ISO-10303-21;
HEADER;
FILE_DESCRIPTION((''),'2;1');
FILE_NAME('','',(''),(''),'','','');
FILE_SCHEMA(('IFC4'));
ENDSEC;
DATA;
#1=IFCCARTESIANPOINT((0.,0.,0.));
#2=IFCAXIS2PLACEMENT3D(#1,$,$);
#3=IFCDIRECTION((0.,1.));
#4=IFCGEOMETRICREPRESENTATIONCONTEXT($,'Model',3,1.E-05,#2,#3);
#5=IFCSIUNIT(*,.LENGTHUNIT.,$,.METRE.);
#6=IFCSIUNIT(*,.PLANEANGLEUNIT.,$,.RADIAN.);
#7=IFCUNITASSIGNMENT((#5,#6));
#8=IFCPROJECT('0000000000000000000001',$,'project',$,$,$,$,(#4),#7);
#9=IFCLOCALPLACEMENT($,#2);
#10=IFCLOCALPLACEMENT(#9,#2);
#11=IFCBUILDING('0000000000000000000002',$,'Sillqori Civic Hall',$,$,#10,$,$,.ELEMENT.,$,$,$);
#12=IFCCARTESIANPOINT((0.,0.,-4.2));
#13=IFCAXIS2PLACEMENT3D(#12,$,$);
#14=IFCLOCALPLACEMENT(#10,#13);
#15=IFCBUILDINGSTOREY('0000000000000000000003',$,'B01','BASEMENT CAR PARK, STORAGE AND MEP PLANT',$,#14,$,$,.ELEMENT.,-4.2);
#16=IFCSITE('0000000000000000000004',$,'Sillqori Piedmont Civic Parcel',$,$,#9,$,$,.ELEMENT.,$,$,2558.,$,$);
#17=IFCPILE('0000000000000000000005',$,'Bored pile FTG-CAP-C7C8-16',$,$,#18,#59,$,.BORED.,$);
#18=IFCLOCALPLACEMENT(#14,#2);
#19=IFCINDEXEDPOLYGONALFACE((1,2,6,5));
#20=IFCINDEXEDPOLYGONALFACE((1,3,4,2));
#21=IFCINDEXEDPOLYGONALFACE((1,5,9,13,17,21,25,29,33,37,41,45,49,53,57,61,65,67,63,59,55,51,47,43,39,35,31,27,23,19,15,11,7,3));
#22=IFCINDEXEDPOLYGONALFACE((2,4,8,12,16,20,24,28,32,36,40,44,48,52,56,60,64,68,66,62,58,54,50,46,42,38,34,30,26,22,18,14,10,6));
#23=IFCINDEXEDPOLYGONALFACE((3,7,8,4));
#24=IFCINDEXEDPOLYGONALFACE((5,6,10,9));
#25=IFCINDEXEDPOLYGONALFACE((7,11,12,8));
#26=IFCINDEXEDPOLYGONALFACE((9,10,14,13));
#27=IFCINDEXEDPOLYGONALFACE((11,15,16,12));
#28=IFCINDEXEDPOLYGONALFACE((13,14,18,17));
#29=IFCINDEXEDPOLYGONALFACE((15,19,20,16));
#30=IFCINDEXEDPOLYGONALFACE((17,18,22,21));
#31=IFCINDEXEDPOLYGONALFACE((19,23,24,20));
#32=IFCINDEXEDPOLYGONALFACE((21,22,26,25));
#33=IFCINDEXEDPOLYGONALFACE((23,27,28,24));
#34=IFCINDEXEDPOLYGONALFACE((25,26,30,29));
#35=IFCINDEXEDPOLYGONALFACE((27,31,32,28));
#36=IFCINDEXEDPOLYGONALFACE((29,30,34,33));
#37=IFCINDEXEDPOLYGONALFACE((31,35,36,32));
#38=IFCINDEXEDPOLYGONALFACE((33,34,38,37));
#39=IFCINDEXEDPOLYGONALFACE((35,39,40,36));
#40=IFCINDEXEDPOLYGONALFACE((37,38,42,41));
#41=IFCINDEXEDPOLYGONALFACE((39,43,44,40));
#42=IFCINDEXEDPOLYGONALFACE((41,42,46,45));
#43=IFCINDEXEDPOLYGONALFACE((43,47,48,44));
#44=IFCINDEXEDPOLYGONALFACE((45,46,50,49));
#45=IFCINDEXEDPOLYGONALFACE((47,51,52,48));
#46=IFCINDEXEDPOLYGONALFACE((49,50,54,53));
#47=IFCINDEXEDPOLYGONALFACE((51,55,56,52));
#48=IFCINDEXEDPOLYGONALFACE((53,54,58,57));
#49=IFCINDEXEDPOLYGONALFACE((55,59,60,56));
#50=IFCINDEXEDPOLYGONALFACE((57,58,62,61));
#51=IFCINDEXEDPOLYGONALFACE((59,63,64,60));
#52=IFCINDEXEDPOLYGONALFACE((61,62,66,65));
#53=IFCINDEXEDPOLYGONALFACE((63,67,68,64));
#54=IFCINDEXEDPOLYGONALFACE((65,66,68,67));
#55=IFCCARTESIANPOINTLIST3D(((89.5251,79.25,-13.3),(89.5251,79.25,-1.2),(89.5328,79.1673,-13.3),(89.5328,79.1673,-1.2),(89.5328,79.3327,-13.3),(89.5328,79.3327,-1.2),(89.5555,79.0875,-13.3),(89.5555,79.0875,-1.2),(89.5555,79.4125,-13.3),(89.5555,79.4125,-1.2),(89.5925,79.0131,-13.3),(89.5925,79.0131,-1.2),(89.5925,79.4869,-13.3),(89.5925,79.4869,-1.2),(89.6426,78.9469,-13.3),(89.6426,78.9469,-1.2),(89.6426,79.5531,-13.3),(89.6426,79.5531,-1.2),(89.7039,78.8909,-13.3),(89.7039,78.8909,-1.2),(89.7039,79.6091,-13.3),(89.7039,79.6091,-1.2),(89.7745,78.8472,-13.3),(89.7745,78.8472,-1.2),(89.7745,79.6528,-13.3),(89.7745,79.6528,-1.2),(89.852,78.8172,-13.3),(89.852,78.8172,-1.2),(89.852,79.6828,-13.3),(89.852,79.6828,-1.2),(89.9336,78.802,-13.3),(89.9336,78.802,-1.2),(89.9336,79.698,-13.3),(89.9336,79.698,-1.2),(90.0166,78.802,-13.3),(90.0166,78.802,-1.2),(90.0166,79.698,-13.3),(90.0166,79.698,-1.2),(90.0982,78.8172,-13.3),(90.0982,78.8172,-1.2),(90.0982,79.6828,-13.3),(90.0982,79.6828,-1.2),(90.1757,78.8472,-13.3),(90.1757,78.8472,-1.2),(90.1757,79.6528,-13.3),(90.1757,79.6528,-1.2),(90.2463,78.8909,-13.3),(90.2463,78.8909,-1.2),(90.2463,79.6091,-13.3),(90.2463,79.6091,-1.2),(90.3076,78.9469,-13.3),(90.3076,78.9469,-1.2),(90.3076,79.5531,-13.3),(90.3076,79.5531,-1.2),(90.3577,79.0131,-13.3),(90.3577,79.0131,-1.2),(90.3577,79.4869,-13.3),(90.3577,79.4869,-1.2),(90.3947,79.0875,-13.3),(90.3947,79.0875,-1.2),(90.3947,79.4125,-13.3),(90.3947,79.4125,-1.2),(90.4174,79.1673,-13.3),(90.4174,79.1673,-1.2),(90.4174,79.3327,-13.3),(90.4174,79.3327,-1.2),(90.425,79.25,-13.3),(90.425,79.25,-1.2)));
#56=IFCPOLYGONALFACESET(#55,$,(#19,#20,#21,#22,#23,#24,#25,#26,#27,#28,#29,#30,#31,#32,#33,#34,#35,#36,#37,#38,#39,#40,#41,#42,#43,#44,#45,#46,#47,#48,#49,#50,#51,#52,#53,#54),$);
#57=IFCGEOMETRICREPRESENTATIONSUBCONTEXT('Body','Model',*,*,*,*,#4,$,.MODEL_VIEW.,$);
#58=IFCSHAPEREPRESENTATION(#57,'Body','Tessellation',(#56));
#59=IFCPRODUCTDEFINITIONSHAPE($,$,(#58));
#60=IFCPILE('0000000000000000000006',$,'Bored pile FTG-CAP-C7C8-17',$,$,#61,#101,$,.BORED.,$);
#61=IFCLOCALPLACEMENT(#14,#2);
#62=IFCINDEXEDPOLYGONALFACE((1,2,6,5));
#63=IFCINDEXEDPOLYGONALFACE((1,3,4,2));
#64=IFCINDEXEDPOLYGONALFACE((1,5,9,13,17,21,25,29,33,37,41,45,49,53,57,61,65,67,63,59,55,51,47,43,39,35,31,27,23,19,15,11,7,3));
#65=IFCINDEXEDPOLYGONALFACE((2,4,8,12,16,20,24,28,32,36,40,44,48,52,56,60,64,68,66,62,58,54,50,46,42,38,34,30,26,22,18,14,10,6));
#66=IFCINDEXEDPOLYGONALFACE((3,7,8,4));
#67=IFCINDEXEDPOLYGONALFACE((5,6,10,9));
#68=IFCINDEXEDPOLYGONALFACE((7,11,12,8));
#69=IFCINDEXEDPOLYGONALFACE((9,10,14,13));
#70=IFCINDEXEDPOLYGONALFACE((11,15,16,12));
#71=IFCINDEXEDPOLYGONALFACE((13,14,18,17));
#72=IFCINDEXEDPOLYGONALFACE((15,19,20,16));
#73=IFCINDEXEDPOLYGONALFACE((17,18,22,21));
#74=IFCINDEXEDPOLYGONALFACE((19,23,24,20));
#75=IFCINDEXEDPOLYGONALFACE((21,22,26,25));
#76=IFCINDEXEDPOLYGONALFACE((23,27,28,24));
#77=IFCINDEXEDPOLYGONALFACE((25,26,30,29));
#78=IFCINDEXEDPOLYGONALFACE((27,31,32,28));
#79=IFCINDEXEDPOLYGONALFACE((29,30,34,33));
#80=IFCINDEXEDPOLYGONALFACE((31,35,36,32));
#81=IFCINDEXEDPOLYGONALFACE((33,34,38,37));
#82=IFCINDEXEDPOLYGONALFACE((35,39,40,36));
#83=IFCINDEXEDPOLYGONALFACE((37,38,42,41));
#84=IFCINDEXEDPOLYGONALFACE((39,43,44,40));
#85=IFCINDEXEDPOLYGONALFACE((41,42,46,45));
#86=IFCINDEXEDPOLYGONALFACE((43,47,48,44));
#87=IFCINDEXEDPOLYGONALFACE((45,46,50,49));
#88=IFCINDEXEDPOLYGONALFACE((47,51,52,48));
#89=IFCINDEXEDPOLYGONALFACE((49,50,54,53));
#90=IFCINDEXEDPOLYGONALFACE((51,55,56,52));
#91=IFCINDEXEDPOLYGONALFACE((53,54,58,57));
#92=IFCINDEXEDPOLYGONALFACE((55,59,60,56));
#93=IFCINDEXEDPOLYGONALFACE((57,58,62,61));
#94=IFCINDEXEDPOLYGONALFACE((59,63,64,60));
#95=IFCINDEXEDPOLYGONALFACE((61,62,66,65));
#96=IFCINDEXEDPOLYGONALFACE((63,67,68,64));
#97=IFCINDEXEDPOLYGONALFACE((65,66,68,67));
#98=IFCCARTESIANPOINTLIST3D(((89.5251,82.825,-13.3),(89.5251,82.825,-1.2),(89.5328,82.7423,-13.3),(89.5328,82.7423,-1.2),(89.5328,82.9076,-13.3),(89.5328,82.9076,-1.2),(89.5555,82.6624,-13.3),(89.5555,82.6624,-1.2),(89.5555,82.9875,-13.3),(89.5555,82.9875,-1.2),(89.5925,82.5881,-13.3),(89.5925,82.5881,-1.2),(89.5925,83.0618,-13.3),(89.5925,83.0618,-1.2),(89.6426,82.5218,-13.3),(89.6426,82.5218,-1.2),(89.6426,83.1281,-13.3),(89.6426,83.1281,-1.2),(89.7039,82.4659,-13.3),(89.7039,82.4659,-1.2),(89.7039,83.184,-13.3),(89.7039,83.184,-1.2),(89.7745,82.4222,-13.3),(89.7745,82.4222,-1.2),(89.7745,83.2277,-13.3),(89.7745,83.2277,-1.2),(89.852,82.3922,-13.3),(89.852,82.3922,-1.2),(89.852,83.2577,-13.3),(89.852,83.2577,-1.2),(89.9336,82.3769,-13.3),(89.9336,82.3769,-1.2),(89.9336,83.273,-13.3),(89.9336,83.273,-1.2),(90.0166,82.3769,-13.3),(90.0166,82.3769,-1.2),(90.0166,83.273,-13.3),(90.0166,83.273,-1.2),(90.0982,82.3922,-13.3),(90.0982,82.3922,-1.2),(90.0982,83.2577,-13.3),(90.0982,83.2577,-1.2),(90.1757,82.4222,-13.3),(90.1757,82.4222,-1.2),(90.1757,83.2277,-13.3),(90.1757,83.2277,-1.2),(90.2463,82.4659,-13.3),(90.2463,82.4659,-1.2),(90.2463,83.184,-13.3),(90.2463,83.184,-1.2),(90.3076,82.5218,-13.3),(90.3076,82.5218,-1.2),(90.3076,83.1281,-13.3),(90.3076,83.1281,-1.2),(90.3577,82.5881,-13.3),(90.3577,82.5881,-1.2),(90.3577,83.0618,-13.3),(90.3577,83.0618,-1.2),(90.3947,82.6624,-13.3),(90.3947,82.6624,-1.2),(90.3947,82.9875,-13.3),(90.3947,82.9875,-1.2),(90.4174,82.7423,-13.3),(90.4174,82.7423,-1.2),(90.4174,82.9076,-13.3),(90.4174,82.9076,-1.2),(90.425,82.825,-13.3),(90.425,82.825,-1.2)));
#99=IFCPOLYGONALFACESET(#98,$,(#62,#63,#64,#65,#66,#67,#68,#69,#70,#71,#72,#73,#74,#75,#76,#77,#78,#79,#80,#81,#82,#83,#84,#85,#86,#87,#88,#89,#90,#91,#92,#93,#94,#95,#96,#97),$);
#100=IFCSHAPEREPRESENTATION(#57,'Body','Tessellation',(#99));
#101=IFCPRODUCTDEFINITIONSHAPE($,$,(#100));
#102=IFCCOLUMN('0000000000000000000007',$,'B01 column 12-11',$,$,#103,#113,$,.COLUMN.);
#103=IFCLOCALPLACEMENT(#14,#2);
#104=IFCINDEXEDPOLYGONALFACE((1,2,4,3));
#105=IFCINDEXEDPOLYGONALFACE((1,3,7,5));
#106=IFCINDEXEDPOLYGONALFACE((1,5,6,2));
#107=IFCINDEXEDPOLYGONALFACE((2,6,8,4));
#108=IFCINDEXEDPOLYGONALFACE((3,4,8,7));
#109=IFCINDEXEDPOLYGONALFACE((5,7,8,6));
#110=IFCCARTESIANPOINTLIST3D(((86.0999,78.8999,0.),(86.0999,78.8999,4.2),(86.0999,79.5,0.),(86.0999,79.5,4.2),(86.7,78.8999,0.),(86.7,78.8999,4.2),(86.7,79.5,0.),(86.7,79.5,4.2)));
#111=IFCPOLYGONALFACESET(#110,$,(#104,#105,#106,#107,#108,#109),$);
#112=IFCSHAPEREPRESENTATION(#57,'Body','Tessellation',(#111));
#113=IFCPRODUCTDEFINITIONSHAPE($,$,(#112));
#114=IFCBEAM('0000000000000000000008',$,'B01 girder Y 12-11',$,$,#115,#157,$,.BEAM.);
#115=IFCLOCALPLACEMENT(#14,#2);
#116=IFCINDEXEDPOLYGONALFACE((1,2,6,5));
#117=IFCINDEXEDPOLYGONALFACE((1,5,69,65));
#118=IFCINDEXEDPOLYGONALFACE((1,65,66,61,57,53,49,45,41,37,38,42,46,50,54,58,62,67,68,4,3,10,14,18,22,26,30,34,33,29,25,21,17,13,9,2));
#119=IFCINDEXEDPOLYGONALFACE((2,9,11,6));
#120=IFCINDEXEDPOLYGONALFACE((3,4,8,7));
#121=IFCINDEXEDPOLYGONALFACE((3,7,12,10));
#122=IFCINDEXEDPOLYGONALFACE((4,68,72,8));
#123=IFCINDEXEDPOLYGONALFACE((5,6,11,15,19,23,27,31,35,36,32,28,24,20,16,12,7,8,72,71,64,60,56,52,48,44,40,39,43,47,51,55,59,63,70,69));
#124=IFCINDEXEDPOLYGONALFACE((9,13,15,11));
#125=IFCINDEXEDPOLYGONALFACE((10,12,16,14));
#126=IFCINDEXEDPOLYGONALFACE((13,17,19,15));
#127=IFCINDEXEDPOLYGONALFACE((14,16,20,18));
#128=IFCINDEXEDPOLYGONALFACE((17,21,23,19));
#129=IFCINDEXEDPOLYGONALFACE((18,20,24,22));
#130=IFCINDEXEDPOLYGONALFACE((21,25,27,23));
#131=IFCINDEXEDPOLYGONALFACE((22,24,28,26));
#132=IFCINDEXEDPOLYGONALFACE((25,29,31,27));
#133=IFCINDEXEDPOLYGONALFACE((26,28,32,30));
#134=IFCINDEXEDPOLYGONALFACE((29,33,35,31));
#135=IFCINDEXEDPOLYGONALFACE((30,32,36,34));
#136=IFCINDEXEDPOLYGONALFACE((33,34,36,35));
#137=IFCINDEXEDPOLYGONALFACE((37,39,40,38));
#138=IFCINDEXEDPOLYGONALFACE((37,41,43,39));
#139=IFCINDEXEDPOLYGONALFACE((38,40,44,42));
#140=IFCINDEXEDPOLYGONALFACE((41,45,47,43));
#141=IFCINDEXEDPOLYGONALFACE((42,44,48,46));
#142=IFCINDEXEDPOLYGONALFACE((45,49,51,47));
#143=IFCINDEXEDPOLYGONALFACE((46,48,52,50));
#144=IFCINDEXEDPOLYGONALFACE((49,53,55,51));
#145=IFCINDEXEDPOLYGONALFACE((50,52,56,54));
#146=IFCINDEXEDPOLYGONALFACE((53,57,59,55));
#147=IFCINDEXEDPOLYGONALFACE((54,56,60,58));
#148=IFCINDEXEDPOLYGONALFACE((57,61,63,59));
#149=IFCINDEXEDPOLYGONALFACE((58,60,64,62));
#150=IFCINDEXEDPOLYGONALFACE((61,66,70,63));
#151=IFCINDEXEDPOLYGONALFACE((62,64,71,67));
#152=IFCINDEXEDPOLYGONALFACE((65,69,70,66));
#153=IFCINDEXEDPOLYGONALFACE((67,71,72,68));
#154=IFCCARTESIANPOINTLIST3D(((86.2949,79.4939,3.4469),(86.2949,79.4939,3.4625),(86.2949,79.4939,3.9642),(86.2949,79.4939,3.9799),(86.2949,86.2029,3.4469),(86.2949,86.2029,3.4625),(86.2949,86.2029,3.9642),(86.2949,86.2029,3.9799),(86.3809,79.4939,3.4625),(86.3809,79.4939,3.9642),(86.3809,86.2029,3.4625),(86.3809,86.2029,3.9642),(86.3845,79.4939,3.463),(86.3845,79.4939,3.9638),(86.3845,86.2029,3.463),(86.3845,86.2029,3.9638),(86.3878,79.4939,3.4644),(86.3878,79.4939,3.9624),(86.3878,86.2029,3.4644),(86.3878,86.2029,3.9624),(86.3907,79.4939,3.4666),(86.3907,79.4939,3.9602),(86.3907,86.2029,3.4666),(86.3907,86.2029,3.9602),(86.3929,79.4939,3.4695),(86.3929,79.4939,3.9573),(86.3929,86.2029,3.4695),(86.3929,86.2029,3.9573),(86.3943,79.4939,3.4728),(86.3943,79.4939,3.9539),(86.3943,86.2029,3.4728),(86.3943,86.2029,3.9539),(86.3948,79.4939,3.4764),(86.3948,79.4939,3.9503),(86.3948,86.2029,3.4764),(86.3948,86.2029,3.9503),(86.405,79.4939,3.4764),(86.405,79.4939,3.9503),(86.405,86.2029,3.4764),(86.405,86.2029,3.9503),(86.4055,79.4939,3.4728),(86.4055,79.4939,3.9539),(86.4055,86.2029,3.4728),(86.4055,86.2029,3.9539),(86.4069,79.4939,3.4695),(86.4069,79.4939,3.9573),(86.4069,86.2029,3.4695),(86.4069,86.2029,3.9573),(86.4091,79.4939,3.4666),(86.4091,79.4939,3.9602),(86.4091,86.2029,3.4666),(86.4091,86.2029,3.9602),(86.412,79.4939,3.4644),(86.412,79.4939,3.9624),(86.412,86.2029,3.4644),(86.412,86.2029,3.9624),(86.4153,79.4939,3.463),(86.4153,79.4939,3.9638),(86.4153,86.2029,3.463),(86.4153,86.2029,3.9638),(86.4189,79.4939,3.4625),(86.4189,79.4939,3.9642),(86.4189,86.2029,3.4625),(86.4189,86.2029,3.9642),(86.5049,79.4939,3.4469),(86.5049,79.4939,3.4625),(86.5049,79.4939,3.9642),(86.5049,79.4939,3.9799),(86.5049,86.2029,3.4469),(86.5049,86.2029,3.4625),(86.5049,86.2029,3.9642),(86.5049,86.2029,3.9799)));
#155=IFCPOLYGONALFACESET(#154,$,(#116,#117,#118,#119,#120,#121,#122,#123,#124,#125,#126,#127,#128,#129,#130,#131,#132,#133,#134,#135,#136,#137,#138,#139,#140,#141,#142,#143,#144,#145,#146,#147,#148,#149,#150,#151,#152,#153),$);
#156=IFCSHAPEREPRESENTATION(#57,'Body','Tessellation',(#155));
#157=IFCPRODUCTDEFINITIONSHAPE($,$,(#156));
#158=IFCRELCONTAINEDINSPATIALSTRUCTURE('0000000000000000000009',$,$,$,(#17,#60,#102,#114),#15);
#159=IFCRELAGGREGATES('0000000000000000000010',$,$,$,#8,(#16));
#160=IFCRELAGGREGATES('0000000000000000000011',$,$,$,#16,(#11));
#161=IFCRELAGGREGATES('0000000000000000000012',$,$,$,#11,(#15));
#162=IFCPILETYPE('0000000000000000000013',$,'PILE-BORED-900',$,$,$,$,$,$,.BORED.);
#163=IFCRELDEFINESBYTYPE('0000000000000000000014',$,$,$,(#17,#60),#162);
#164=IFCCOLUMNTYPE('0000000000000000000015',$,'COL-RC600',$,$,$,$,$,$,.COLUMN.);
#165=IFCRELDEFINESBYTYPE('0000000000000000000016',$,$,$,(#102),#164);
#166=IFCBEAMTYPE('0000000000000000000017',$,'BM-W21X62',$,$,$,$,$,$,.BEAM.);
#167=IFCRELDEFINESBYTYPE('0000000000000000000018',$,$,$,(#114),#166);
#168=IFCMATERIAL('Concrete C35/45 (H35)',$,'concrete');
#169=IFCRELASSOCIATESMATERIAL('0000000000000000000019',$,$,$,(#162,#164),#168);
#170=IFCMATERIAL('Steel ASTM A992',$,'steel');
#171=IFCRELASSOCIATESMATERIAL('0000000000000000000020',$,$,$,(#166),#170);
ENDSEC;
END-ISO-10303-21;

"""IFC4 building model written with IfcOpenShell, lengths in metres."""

from ifc_helpers import new_model, si_unit, direction, frame, origin, origin_2d, place, context, subcontext, project, spatial, rectangle, circle, i_section, extrude, material, material_profile, profile_set, type_object, element, save


model = new_model("IFC4")

# Units and contexts
model_context = context("Model", 3, precision=1e-05, world=origin(), true_north=direction((0.0, 1.0)))
body_context = subcontext(model_context, "Body", "Model", "MODEL_VIEW")
ifc_project = project(units=[si_unit("LENGTHUNIT", "METRE"), si_unit("PLANEANGLEUNIT", "RADIAN")], contexts=[model_context])

# Site, building, storey
site_placement = place(None, origin())
site = spatial("IfcSite", under=ifc_project, at=site_placement, Name="Sillqori Piedmont Civic Parcel", CompositionType="ELEMENT", RefElevation=2558.0)
building_placement = place(site_placement, origin())
building = spatial("IfcBuilding", under=site, at=building_placement, Name="Sillqori Civic Hall", CompositionType="ELEMENT")
storey_placement = place(building_placement, frame((0.0, 0.0, -4.2)))
storey = spatial("IfcBuildingStorey", under=building, at=storey_placement, Name="B01", Description="BASEMENT CAR PARK, STORAGE AND MEP PLANT", CompositionType="ELEMENT", Elevation=-4.2)

# Piles
ifc_material_1 = material(Name="Concrete C35/45 (H35)", Category="concrete")
ifc_material_profile_1 = material_profile(ifc_material_1, circle(Radius=0.45, at=origin_2d()), Name="BORED PILE 900")
ifc_profile_set_1 = profile_set([ifc_material_profile_1], Name="Concrete C35/45 (H35)")
pile_type = type_object("IfcPileType", Name="PILE-BORED-900", PredefinedType="BORED", material=ifc_profile_set_1)
for number, where, z_axis, x_axis, name in (
    (1, (89.9751, 79.25, -1.2), (0.0, 0.0, -1.0), (1.0, 0.0, 0.0), "Bored pile FTG-CAP-C7C8-16"),
    (2, (89.9751, 82.825, -1.2), (0.0, 0.0, -1.0), (1.0, 0.0, 0.0), "Bored pile FTG-CAP-C7C8-17"),
):
    element("IfcPile", number, at=place(storey_placement, frame(where, z_axis=z_axis, x_axis=x_axis)), inside=storey, type_object=pile_type, Name=name, PredefinedType="BORED", context=body_context, shape_type="SweptSolid", body=[
        extrude(circle(Radius=0.45, at=origin_2d()), origin(), (0.0, 0.0, 1.0), 12.1001),
    ])

# Column
ifc_material_profile_2 = material_profile(ifc_material_1, rectangle(XDim=0.6001, YDim=0.6001, at=origin_2d()), Name="RC 600x600")
ifc_profile_set_2 = profile_set([ifc_material_profile_2], Name="Concrete C35/45 (H35)")
column_type = type_object("IfcColumnType", Name="COL-RC600", PredefinedType="COLUMN", material=ifc_profile_set_2)
column_placement = place(storey_placement, frame((86.3999, 79.2, 0.0), z_axis=(0.0, 0.0, 1.0), x_axis=(1.0, 0.0, 0.0)))
element("IfcColumn", 3, at=column_placement, inside=storey, type_object=column_type, Name="B01 column 12-11", PredefinedType="COLUMN", context=body_context, shape_type="SweptSolid", body=[
    extrude(rectangle(XDim=0.6001, YDim=0.6001, at=origin_2d()), origin(), (0.0, 0.0, 1.0), 4.2),
])

# Beam
ifc_material_2 = material(Name="Steel ASTM A992", Category="steel")
ifc_material_profile_3 = material_profile(ifc_material_2, i_section(OverallWidth=0.21, OverallDepth=0.533, WebThickness=0.0103, FlangeThickness=0.0156, FilletRadius=0.0139, at=origin_2d()), Name="W21X62")
ifc_profile_set_3 = profile_set([ifc_material_profile_3], Name="Steel ASTM A992")
beam_type_1 = type_object("IfcBeamType", Name="BM-W21X62", PredefinedType="BEAM", material=ifc_profile_set_3)
beam_1_placement = place(storey_placement, frame((86.3999, 79.4939, 3.7134), z_axis=(0.0, 1.0, 0.0), x_axis=(-1.0, 0.0, 0.0)))
element("IfcBeam", 4, at=beam_1_placement, inside=storey, type_object=beam_type_1, Name="B01 girder Y 12-11", PredefinedType="BEAM", context=body_context, shape_type="SweptSolid", body=[
    extrude(i_section(OverallWidth=0.21, OverallDepth=0.533, WebThickness=0.0103, FlangeThickness=0.0156, FilletRadius=0.0139, at=origin_2d()), origin(), (0.0, 0.0, 1.0), 6.709),
])

save(model, "model.ifc")
